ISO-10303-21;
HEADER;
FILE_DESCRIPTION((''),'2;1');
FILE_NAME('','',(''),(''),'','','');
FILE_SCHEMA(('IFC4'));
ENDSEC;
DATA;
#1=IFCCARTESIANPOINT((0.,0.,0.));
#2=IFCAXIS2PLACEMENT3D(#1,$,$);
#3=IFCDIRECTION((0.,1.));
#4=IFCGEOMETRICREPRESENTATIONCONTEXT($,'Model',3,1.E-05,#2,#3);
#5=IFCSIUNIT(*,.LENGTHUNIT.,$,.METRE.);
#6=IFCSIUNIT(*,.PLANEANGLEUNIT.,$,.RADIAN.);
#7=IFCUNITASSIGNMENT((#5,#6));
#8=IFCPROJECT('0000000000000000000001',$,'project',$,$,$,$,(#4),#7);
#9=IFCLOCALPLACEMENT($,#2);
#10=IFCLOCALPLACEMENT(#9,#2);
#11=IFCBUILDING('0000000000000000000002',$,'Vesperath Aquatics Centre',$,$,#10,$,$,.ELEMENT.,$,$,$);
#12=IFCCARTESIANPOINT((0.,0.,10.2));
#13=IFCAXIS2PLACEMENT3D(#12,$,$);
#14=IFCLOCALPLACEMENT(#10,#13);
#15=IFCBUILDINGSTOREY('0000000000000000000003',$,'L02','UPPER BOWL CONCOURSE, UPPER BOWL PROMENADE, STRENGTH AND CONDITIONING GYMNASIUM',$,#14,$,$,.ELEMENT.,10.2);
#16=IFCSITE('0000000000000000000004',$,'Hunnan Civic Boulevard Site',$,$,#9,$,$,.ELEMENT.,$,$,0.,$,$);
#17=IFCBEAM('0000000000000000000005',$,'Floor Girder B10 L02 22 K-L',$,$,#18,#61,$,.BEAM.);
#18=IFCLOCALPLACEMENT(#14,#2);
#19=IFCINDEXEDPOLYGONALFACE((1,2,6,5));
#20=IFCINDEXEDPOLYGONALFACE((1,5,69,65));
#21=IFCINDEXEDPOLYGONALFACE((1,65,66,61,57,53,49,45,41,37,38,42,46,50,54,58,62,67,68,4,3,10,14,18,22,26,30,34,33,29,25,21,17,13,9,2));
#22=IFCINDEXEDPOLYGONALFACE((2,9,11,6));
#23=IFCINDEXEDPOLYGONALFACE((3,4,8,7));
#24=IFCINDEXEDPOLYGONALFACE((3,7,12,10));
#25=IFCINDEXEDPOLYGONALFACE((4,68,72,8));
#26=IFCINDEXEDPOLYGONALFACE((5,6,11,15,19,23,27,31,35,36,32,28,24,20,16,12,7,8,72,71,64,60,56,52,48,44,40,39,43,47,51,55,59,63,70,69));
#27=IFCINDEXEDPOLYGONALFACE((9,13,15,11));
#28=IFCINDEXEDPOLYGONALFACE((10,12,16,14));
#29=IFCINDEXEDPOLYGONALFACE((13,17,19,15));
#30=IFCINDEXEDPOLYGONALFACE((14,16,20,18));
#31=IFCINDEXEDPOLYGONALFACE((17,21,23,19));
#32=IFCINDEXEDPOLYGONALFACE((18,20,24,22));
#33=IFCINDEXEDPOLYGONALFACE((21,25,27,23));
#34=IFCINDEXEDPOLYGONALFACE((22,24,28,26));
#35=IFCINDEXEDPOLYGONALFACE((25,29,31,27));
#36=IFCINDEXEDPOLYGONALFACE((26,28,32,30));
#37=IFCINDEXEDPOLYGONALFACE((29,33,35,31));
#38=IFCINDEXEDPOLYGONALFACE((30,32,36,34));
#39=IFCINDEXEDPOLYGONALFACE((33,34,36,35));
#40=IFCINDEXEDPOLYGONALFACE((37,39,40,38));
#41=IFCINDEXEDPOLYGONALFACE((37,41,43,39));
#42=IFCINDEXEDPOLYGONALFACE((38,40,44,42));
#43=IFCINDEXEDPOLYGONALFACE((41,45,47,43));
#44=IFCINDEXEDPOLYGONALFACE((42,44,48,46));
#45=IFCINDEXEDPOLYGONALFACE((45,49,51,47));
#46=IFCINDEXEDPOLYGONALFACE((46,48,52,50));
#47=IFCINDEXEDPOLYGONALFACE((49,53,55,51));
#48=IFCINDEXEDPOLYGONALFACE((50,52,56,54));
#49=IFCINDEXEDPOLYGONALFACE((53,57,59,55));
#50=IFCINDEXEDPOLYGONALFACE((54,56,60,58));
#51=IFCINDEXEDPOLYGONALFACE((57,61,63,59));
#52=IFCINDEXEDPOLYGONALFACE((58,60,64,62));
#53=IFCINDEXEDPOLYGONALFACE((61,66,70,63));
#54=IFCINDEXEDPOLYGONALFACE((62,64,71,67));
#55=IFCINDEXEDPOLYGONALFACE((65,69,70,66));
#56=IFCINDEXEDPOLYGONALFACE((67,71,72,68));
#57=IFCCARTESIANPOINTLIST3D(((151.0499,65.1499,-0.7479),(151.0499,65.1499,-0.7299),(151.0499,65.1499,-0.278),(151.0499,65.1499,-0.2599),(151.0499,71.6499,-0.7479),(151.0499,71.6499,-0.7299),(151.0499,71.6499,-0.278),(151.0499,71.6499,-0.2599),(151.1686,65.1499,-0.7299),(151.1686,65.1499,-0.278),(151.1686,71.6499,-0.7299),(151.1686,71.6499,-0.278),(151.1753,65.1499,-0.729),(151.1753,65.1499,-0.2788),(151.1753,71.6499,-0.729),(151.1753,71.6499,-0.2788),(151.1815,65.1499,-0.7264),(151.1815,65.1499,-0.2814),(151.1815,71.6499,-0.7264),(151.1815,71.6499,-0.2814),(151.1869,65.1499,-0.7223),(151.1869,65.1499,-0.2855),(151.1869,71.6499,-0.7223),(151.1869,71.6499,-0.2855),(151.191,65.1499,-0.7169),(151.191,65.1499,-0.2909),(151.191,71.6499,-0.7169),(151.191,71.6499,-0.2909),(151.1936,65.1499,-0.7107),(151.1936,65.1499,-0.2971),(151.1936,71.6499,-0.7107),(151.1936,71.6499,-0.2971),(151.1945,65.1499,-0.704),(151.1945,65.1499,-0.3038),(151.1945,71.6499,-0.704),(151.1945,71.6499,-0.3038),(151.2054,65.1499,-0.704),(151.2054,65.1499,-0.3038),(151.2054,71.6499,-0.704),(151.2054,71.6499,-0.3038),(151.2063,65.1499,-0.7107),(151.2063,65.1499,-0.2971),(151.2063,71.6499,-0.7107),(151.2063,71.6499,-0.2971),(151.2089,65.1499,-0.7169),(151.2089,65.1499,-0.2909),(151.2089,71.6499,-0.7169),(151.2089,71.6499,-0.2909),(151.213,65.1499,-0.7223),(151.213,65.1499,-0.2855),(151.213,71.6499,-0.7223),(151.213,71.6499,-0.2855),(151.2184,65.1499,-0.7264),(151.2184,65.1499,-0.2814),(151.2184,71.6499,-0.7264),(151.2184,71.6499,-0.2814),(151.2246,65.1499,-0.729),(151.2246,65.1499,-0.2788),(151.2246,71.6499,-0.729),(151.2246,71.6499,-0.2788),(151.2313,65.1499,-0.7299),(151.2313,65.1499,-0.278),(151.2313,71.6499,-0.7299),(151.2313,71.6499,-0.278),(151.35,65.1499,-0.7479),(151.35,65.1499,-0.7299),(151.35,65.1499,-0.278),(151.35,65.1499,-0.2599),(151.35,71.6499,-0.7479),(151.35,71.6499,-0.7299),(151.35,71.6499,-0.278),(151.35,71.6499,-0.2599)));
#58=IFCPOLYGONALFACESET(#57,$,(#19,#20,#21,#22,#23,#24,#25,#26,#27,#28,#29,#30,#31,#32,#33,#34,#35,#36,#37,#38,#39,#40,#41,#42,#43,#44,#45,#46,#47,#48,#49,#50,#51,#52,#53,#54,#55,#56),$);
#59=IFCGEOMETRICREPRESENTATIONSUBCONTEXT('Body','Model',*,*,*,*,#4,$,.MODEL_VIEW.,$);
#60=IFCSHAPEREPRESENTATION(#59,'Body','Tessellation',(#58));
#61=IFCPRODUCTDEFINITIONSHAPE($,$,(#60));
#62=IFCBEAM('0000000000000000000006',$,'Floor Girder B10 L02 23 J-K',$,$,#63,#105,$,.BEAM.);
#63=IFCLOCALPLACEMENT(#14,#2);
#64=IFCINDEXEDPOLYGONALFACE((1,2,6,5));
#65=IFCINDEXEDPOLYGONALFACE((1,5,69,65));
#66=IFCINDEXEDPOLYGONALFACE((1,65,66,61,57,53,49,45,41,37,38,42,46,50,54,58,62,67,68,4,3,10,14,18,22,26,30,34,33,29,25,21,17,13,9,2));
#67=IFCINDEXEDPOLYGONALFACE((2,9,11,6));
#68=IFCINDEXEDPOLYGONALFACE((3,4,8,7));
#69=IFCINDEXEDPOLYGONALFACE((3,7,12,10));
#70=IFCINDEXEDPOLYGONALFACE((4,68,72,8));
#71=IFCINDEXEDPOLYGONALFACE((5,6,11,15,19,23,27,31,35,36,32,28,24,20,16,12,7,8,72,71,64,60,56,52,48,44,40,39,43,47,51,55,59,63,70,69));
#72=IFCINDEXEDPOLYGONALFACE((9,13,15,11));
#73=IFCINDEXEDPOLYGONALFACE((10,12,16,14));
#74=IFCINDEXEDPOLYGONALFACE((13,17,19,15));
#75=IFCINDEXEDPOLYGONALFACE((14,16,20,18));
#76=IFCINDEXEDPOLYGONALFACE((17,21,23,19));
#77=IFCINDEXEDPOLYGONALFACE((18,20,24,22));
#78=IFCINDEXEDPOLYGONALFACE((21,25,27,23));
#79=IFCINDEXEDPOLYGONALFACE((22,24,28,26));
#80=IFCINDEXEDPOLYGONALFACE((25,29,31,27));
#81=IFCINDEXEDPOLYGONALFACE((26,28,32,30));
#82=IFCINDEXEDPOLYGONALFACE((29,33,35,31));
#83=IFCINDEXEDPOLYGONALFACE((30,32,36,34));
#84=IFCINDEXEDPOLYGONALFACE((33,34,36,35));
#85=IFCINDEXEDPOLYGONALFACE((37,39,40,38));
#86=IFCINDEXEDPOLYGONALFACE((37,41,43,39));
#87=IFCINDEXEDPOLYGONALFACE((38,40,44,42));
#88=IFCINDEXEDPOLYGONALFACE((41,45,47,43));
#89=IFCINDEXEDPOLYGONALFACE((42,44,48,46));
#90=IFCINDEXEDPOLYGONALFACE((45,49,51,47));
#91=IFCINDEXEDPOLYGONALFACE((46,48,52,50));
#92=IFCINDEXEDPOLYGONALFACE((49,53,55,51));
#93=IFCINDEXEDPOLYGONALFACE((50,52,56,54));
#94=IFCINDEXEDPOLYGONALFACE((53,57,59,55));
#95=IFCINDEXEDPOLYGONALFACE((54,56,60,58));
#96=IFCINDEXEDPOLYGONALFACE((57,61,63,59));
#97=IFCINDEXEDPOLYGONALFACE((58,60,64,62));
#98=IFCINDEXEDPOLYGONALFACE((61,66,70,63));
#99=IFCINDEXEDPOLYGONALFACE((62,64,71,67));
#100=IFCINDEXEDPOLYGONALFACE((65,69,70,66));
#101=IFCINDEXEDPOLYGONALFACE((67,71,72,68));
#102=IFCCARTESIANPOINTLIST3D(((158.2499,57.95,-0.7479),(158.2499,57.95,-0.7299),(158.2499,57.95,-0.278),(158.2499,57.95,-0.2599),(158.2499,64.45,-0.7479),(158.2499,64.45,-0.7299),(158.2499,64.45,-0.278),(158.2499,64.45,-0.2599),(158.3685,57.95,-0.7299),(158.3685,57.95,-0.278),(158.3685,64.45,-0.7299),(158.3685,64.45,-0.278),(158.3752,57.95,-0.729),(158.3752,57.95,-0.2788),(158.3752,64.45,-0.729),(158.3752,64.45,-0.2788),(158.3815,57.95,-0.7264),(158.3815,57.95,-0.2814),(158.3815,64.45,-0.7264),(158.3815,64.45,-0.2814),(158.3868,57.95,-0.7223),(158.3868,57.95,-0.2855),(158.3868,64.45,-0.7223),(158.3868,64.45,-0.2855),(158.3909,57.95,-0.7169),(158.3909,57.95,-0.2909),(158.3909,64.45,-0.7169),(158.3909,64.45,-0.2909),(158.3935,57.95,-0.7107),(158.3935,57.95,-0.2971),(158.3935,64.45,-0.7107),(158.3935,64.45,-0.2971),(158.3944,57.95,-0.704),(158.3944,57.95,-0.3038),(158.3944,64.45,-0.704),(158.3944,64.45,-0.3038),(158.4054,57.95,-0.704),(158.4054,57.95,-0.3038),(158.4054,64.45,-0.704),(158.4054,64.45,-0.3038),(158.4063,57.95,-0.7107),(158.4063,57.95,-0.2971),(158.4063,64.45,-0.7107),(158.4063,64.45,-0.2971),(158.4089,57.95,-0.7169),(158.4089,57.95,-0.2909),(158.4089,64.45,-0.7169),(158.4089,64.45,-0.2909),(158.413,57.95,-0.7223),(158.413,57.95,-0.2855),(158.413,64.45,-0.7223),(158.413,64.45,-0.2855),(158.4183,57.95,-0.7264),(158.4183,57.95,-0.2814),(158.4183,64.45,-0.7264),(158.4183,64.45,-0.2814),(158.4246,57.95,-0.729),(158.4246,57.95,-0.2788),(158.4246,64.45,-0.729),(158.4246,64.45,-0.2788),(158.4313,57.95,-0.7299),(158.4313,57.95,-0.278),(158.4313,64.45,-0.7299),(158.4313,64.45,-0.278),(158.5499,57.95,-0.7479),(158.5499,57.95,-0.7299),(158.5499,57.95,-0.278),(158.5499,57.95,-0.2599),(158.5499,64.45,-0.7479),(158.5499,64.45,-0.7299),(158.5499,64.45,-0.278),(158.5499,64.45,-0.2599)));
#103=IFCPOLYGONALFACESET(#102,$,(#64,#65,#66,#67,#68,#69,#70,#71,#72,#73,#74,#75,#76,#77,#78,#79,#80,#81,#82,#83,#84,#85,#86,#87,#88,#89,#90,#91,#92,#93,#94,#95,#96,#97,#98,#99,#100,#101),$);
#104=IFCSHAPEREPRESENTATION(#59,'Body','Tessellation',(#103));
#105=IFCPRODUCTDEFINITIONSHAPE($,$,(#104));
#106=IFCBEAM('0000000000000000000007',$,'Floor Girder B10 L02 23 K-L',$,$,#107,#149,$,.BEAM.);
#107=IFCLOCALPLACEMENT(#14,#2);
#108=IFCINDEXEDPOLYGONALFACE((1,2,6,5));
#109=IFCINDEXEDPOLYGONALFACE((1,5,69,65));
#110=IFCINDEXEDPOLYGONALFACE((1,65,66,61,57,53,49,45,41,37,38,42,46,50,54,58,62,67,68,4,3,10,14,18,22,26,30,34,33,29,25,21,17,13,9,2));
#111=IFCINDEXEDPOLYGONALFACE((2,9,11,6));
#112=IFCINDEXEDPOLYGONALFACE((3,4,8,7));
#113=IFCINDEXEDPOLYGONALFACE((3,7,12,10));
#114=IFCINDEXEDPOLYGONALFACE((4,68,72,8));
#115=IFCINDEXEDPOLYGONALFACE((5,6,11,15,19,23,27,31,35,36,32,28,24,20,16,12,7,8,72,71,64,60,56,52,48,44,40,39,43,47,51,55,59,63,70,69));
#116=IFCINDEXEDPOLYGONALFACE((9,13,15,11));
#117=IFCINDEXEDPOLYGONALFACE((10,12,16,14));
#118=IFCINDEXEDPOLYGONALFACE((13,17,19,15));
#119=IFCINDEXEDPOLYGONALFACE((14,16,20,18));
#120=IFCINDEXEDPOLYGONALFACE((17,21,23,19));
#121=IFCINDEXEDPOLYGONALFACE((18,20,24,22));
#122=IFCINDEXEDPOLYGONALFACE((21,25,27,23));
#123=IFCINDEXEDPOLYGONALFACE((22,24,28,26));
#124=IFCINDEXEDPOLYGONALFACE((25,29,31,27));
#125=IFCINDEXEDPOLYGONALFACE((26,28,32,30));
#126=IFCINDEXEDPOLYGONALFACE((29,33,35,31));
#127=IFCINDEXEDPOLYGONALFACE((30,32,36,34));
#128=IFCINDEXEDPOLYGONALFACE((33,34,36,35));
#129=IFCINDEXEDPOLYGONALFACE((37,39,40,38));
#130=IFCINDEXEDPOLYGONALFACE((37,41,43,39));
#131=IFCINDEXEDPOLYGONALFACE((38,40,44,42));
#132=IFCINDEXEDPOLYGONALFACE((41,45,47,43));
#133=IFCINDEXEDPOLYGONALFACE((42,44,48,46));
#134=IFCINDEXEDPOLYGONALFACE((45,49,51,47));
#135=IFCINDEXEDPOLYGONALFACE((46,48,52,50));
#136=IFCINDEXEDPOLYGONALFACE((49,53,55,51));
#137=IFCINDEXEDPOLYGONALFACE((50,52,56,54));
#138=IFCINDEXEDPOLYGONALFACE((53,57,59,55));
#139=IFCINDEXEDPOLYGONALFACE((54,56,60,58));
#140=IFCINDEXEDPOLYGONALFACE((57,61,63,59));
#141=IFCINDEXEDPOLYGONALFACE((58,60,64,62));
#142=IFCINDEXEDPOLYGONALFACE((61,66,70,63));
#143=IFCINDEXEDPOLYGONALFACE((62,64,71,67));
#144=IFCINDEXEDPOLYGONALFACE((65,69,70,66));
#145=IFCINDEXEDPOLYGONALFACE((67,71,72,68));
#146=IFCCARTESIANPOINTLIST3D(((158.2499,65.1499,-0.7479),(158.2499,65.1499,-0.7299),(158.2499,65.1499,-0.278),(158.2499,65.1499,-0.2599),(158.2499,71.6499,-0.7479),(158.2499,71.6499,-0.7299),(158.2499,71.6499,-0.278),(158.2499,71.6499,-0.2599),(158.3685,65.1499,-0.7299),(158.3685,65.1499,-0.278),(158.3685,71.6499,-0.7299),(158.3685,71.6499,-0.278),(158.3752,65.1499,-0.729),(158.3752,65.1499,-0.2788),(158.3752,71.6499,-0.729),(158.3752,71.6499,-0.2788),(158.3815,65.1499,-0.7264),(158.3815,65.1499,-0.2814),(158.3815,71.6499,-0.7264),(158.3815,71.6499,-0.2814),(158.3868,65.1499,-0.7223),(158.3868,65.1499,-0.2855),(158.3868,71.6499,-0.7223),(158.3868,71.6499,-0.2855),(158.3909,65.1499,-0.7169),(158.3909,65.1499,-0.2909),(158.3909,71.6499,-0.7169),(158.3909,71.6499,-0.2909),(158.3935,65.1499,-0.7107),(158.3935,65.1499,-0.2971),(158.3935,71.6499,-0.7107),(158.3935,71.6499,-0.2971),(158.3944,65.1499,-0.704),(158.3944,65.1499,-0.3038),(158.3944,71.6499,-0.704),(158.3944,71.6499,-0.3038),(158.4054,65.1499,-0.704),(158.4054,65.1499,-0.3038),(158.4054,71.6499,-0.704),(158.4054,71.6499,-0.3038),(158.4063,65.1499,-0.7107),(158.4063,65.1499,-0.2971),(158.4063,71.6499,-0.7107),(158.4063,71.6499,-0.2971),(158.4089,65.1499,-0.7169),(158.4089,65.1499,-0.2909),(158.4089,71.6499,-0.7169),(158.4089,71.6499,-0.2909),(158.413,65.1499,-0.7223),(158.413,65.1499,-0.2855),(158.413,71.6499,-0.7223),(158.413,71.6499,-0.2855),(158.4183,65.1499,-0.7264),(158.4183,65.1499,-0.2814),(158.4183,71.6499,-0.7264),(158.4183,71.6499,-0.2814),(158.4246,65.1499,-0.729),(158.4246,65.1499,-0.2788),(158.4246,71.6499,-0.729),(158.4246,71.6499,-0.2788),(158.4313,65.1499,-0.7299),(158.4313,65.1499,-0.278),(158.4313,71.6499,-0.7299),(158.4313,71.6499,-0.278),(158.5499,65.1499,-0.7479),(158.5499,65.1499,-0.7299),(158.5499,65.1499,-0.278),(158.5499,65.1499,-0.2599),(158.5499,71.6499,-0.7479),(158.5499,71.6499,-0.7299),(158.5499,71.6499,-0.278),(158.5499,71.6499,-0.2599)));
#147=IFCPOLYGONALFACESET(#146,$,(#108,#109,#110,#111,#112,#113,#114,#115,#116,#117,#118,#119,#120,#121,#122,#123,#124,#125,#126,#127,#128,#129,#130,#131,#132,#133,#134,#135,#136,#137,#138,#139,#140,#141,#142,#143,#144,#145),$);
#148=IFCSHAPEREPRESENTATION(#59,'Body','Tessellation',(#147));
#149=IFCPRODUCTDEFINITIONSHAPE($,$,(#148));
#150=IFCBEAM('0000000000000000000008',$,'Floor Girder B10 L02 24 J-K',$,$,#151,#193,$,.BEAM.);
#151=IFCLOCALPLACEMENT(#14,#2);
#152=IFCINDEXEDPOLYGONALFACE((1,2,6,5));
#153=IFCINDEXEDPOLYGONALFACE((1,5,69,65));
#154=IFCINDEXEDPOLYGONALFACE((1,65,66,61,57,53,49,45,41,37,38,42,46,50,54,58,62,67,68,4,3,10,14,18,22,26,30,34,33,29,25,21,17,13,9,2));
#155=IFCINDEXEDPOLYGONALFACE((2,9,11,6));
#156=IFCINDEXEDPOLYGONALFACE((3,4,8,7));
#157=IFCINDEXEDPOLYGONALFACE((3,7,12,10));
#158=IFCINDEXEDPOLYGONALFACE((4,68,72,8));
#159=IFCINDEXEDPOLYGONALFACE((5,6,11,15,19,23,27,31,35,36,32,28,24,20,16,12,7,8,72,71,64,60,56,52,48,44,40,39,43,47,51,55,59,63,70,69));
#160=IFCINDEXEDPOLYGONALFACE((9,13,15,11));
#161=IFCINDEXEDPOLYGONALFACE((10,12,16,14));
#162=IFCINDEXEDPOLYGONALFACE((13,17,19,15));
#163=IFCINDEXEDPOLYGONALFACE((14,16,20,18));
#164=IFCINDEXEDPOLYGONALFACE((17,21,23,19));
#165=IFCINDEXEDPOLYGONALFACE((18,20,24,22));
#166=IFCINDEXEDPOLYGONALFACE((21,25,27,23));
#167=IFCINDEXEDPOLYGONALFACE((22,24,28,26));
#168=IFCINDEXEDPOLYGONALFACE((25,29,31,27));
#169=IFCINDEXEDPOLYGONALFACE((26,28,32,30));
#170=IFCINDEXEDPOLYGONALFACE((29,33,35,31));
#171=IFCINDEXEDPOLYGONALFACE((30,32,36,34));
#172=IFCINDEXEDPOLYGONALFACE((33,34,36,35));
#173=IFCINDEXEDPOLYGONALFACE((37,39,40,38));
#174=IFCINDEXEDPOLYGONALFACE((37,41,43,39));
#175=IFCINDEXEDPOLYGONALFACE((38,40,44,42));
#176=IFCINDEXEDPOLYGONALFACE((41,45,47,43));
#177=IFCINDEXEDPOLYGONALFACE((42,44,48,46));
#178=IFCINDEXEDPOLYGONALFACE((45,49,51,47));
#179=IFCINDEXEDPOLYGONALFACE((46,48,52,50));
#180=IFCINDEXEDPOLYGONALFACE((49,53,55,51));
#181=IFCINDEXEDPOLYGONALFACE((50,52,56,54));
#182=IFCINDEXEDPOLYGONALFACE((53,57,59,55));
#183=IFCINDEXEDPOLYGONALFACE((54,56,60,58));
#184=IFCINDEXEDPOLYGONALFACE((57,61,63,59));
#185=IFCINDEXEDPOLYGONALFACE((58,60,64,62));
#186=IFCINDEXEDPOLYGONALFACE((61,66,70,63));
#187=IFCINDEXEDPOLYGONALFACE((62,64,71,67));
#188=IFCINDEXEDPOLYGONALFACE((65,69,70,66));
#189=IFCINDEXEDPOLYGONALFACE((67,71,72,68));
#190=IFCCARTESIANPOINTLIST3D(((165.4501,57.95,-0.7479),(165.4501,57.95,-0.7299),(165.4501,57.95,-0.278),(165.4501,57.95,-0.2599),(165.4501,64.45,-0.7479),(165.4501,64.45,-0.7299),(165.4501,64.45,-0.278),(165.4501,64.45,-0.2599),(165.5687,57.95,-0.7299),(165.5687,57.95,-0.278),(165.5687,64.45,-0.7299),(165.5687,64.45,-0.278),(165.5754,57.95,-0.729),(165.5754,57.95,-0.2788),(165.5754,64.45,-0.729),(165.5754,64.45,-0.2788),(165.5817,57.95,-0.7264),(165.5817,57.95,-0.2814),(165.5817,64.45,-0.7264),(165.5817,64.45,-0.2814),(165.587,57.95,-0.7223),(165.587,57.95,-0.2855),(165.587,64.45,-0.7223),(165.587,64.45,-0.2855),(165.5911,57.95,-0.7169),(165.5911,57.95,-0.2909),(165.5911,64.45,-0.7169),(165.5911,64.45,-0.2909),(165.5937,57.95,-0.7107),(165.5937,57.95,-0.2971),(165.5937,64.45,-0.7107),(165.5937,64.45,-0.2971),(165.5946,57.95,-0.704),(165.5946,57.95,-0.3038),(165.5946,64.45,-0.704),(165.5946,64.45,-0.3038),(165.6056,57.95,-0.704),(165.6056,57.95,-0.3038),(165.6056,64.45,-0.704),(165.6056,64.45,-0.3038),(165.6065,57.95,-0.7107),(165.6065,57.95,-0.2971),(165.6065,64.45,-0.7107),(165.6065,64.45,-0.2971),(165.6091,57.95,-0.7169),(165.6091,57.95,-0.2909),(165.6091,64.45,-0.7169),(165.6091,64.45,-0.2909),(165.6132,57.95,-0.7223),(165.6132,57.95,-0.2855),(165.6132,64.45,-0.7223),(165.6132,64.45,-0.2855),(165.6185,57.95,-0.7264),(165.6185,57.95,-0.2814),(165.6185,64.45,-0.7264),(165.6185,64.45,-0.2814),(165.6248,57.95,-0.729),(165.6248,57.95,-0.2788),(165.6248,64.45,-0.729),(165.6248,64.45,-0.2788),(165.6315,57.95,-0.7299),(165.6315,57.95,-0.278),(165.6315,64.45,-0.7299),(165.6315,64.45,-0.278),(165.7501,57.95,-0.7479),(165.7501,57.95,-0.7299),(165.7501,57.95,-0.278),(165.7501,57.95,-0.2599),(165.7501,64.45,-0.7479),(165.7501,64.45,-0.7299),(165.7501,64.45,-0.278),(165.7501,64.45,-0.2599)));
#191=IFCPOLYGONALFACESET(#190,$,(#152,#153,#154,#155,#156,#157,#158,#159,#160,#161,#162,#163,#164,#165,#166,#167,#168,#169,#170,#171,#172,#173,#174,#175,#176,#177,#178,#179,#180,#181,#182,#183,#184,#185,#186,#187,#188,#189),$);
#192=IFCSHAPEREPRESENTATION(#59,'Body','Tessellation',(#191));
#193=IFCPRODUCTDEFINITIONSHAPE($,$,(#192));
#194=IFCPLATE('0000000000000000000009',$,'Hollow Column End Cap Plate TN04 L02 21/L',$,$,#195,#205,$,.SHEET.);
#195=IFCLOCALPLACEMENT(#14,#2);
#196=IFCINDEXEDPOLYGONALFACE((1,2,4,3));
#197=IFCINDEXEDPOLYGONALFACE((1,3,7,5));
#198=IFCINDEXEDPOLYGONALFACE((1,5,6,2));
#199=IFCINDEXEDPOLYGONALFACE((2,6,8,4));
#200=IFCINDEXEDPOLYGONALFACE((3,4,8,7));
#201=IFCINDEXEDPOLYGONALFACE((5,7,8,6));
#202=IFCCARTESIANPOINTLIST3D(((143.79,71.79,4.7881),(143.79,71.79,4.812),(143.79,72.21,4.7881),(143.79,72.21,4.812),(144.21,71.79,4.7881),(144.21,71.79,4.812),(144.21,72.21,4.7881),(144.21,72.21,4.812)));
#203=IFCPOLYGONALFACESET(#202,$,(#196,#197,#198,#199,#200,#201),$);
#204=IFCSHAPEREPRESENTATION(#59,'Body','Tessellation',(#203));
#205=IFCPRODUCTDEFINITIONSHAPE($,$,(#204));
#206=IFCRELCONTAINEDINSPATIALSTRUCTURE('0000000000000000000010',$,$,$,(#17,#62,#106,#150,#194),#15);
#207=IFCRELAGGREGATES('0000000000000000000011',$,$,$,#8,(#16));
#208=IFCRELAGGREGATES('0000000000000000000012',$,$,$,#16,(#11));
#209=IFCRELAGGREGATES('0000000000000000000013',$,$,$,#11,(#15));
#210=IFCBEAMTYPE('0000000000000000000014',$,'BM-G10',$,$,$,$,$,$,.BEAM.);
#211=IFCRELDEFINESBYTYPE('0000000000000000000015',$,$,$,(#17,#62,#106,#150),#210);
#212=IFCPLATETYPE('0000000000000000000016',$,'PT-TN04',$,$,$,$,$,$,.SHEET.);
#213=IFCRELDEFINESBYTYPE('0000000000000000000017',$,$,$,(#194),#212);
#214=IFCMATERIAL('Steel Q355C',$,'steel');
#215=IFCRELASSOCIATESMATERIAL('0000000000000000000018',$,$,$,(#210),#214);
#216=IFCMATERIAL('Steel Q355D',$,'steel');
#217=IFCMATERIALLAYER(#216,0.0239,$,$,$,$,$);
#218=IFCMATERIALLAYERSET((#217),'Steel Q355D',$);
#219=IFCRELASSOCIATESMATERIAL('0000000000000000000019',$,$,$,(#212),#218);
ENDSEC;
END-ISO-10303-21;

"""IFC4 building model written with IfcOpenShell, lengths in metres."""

from ifc_helpers import new_model, si_unit, direction, frame, origin, origin_2d, place, context, subcontext, project, spatial, rectangle, i_section, extrude, material, layer, layer_set, material_profile, profile_set, type_object, element, save


model = new_model("IFC4")

# Units and contexts
model_context = context("Model", 3, precision=1e-05, world=origin(), true_north=direction((0.0, 1.0)))
body_context = subcontext(model_context, "Body", "Model", "MODEL_VIEW")
ifc_project = project(units=[si_unit("LENGTHUNIT", "METRE"), si_unit("PLANEANGLEUNIT", "RADIAN")], contexts=[model_context])

# Site, building, storey
site_placement = place(None, origin())
site = spatial("IfcSite", under=ifc_project, at=site_placement, Name="Hunnan Civic Boulevard Site", CompositionType="ELEMENT", RefElevation=0.0)
building_placement = place(site_placement, origin())
building = spatial("IfcBuilding", under=site, at=building_placement, Name="Vesperath Aquatics Centre", CompositionType="ELEMENT")
storey_placement = place(building_placement, frame((0.0, 0.0, 10.2)))
storey = spatial("IfcBuildingStorey", under=building, at=storey_placement, Name="L02", Description="UPPER BOWL CONCOURSE, UPPER BOWL PROMENADE, STRENGTH AND CONDITIONING GYMNASIUM", CompositionType="ELEMENT", Elevation=10.2)

# Shared definitions
ifc_material_1 = material(Name="Steel Q355D", Category="steel")

# Beams
ifc_material_2 = material(Name="Steel Q355C", Category="steel")
ifc_material_profile_1 = material_profile(ifc_material_2, i_section(OverallWidth=0.3, OverallDepth=0.488, WebThickness=0.011, FlangeThickness=0.0181, FilletRadius=0.0259, at=origin_2d()), Name="HM 488x300x11x18")
ifc_profile_set_1 = profile_set([ifc_material_profile_1], Name="Steel Q355C")
beam_type_1 = type_object("IfcBeamType", Name="BM-G10", PredefinedType="BEAM", material=ifc_profile_set_1)
for number, where, z_axis, x_axis, name in (
    (1, (151.2, 65.1499, -0.5039), (0.0, 1.0, 0.0), (-1.0, 0.0, 0.0), "Floor Girder B10 L02 22 K-L"),
    (2, (158.3999, 57.95, -0.5039), (0.0, 1.0, 0.0), (-1.0, 0.0, 0.0), "Floor Girder B10 L02 23 J-K"),
    (3, (158.3999, 65.1499, -0.5039), (0.0, 1.0, 0.0), (-1.0, 0.0, 0.0), "Floor Girder B10 L02 23 K-L"),
    (4, (165.6001, 57.95, -0.5039), (0.0, 1.0, 0.0), (-1.0, 0.0, 0.0), "Floor Girder B10 L02 24 J-K"),
):
    element("IfcBeam", number, at=place(storey_placement, frame(where, z_axis=z_axis, x_axis=x_axis)), inside=storey, type_object=beam_type_1, Name=name, PredefinedType="BEAM", context=body_context, shape_type="SweptSolid", body=[
        extrude(i_section(OverallWidth=0.3, OverallDepth=0.488, WebThickness=0.011, FlangeThickness=0.0181, FilletRadius=0.0259, at=origin_2d()), origin(), (0.0, 0.0, 1.0), 6.5),
    ])

# Plate
ifc_layer_1 = layer(ifc_material_1, 0.0239)
ifc_layer_set_1 = layer_set([ifc_layer_1], Name="Steel Q355D")
plate_type = type_object("IfcPlateType", Name="PT-TN04", PredefinedType="SHEET", material=ifc_layer_set_1)
for number, where, z_axis, x_axis, name in (
    (5, (144.0, 72.0, 4.7881), (0.0, 0.0, 1.0), (1.0, 0.0, 0.0), "Hollow Column End Cap Plate TN04 L02 21/L"),
):
    element("IfcPlate", number, at=place(storey_placement, frame(where, z_axis=z_axis, x_axis=x_axis)), inside=storey, type_object=plate_type, Name=name, PredefinedType="SHEET", context=body_context, shape_type="SweptSolid", body=[
        extrude(rectangle(XDim=0.4199, YDim=0.4199, at=origin_2d()), origin(), (0.0, 0.0, 1.0), 0.0239),
    ])

save(model, "model.ifc")
